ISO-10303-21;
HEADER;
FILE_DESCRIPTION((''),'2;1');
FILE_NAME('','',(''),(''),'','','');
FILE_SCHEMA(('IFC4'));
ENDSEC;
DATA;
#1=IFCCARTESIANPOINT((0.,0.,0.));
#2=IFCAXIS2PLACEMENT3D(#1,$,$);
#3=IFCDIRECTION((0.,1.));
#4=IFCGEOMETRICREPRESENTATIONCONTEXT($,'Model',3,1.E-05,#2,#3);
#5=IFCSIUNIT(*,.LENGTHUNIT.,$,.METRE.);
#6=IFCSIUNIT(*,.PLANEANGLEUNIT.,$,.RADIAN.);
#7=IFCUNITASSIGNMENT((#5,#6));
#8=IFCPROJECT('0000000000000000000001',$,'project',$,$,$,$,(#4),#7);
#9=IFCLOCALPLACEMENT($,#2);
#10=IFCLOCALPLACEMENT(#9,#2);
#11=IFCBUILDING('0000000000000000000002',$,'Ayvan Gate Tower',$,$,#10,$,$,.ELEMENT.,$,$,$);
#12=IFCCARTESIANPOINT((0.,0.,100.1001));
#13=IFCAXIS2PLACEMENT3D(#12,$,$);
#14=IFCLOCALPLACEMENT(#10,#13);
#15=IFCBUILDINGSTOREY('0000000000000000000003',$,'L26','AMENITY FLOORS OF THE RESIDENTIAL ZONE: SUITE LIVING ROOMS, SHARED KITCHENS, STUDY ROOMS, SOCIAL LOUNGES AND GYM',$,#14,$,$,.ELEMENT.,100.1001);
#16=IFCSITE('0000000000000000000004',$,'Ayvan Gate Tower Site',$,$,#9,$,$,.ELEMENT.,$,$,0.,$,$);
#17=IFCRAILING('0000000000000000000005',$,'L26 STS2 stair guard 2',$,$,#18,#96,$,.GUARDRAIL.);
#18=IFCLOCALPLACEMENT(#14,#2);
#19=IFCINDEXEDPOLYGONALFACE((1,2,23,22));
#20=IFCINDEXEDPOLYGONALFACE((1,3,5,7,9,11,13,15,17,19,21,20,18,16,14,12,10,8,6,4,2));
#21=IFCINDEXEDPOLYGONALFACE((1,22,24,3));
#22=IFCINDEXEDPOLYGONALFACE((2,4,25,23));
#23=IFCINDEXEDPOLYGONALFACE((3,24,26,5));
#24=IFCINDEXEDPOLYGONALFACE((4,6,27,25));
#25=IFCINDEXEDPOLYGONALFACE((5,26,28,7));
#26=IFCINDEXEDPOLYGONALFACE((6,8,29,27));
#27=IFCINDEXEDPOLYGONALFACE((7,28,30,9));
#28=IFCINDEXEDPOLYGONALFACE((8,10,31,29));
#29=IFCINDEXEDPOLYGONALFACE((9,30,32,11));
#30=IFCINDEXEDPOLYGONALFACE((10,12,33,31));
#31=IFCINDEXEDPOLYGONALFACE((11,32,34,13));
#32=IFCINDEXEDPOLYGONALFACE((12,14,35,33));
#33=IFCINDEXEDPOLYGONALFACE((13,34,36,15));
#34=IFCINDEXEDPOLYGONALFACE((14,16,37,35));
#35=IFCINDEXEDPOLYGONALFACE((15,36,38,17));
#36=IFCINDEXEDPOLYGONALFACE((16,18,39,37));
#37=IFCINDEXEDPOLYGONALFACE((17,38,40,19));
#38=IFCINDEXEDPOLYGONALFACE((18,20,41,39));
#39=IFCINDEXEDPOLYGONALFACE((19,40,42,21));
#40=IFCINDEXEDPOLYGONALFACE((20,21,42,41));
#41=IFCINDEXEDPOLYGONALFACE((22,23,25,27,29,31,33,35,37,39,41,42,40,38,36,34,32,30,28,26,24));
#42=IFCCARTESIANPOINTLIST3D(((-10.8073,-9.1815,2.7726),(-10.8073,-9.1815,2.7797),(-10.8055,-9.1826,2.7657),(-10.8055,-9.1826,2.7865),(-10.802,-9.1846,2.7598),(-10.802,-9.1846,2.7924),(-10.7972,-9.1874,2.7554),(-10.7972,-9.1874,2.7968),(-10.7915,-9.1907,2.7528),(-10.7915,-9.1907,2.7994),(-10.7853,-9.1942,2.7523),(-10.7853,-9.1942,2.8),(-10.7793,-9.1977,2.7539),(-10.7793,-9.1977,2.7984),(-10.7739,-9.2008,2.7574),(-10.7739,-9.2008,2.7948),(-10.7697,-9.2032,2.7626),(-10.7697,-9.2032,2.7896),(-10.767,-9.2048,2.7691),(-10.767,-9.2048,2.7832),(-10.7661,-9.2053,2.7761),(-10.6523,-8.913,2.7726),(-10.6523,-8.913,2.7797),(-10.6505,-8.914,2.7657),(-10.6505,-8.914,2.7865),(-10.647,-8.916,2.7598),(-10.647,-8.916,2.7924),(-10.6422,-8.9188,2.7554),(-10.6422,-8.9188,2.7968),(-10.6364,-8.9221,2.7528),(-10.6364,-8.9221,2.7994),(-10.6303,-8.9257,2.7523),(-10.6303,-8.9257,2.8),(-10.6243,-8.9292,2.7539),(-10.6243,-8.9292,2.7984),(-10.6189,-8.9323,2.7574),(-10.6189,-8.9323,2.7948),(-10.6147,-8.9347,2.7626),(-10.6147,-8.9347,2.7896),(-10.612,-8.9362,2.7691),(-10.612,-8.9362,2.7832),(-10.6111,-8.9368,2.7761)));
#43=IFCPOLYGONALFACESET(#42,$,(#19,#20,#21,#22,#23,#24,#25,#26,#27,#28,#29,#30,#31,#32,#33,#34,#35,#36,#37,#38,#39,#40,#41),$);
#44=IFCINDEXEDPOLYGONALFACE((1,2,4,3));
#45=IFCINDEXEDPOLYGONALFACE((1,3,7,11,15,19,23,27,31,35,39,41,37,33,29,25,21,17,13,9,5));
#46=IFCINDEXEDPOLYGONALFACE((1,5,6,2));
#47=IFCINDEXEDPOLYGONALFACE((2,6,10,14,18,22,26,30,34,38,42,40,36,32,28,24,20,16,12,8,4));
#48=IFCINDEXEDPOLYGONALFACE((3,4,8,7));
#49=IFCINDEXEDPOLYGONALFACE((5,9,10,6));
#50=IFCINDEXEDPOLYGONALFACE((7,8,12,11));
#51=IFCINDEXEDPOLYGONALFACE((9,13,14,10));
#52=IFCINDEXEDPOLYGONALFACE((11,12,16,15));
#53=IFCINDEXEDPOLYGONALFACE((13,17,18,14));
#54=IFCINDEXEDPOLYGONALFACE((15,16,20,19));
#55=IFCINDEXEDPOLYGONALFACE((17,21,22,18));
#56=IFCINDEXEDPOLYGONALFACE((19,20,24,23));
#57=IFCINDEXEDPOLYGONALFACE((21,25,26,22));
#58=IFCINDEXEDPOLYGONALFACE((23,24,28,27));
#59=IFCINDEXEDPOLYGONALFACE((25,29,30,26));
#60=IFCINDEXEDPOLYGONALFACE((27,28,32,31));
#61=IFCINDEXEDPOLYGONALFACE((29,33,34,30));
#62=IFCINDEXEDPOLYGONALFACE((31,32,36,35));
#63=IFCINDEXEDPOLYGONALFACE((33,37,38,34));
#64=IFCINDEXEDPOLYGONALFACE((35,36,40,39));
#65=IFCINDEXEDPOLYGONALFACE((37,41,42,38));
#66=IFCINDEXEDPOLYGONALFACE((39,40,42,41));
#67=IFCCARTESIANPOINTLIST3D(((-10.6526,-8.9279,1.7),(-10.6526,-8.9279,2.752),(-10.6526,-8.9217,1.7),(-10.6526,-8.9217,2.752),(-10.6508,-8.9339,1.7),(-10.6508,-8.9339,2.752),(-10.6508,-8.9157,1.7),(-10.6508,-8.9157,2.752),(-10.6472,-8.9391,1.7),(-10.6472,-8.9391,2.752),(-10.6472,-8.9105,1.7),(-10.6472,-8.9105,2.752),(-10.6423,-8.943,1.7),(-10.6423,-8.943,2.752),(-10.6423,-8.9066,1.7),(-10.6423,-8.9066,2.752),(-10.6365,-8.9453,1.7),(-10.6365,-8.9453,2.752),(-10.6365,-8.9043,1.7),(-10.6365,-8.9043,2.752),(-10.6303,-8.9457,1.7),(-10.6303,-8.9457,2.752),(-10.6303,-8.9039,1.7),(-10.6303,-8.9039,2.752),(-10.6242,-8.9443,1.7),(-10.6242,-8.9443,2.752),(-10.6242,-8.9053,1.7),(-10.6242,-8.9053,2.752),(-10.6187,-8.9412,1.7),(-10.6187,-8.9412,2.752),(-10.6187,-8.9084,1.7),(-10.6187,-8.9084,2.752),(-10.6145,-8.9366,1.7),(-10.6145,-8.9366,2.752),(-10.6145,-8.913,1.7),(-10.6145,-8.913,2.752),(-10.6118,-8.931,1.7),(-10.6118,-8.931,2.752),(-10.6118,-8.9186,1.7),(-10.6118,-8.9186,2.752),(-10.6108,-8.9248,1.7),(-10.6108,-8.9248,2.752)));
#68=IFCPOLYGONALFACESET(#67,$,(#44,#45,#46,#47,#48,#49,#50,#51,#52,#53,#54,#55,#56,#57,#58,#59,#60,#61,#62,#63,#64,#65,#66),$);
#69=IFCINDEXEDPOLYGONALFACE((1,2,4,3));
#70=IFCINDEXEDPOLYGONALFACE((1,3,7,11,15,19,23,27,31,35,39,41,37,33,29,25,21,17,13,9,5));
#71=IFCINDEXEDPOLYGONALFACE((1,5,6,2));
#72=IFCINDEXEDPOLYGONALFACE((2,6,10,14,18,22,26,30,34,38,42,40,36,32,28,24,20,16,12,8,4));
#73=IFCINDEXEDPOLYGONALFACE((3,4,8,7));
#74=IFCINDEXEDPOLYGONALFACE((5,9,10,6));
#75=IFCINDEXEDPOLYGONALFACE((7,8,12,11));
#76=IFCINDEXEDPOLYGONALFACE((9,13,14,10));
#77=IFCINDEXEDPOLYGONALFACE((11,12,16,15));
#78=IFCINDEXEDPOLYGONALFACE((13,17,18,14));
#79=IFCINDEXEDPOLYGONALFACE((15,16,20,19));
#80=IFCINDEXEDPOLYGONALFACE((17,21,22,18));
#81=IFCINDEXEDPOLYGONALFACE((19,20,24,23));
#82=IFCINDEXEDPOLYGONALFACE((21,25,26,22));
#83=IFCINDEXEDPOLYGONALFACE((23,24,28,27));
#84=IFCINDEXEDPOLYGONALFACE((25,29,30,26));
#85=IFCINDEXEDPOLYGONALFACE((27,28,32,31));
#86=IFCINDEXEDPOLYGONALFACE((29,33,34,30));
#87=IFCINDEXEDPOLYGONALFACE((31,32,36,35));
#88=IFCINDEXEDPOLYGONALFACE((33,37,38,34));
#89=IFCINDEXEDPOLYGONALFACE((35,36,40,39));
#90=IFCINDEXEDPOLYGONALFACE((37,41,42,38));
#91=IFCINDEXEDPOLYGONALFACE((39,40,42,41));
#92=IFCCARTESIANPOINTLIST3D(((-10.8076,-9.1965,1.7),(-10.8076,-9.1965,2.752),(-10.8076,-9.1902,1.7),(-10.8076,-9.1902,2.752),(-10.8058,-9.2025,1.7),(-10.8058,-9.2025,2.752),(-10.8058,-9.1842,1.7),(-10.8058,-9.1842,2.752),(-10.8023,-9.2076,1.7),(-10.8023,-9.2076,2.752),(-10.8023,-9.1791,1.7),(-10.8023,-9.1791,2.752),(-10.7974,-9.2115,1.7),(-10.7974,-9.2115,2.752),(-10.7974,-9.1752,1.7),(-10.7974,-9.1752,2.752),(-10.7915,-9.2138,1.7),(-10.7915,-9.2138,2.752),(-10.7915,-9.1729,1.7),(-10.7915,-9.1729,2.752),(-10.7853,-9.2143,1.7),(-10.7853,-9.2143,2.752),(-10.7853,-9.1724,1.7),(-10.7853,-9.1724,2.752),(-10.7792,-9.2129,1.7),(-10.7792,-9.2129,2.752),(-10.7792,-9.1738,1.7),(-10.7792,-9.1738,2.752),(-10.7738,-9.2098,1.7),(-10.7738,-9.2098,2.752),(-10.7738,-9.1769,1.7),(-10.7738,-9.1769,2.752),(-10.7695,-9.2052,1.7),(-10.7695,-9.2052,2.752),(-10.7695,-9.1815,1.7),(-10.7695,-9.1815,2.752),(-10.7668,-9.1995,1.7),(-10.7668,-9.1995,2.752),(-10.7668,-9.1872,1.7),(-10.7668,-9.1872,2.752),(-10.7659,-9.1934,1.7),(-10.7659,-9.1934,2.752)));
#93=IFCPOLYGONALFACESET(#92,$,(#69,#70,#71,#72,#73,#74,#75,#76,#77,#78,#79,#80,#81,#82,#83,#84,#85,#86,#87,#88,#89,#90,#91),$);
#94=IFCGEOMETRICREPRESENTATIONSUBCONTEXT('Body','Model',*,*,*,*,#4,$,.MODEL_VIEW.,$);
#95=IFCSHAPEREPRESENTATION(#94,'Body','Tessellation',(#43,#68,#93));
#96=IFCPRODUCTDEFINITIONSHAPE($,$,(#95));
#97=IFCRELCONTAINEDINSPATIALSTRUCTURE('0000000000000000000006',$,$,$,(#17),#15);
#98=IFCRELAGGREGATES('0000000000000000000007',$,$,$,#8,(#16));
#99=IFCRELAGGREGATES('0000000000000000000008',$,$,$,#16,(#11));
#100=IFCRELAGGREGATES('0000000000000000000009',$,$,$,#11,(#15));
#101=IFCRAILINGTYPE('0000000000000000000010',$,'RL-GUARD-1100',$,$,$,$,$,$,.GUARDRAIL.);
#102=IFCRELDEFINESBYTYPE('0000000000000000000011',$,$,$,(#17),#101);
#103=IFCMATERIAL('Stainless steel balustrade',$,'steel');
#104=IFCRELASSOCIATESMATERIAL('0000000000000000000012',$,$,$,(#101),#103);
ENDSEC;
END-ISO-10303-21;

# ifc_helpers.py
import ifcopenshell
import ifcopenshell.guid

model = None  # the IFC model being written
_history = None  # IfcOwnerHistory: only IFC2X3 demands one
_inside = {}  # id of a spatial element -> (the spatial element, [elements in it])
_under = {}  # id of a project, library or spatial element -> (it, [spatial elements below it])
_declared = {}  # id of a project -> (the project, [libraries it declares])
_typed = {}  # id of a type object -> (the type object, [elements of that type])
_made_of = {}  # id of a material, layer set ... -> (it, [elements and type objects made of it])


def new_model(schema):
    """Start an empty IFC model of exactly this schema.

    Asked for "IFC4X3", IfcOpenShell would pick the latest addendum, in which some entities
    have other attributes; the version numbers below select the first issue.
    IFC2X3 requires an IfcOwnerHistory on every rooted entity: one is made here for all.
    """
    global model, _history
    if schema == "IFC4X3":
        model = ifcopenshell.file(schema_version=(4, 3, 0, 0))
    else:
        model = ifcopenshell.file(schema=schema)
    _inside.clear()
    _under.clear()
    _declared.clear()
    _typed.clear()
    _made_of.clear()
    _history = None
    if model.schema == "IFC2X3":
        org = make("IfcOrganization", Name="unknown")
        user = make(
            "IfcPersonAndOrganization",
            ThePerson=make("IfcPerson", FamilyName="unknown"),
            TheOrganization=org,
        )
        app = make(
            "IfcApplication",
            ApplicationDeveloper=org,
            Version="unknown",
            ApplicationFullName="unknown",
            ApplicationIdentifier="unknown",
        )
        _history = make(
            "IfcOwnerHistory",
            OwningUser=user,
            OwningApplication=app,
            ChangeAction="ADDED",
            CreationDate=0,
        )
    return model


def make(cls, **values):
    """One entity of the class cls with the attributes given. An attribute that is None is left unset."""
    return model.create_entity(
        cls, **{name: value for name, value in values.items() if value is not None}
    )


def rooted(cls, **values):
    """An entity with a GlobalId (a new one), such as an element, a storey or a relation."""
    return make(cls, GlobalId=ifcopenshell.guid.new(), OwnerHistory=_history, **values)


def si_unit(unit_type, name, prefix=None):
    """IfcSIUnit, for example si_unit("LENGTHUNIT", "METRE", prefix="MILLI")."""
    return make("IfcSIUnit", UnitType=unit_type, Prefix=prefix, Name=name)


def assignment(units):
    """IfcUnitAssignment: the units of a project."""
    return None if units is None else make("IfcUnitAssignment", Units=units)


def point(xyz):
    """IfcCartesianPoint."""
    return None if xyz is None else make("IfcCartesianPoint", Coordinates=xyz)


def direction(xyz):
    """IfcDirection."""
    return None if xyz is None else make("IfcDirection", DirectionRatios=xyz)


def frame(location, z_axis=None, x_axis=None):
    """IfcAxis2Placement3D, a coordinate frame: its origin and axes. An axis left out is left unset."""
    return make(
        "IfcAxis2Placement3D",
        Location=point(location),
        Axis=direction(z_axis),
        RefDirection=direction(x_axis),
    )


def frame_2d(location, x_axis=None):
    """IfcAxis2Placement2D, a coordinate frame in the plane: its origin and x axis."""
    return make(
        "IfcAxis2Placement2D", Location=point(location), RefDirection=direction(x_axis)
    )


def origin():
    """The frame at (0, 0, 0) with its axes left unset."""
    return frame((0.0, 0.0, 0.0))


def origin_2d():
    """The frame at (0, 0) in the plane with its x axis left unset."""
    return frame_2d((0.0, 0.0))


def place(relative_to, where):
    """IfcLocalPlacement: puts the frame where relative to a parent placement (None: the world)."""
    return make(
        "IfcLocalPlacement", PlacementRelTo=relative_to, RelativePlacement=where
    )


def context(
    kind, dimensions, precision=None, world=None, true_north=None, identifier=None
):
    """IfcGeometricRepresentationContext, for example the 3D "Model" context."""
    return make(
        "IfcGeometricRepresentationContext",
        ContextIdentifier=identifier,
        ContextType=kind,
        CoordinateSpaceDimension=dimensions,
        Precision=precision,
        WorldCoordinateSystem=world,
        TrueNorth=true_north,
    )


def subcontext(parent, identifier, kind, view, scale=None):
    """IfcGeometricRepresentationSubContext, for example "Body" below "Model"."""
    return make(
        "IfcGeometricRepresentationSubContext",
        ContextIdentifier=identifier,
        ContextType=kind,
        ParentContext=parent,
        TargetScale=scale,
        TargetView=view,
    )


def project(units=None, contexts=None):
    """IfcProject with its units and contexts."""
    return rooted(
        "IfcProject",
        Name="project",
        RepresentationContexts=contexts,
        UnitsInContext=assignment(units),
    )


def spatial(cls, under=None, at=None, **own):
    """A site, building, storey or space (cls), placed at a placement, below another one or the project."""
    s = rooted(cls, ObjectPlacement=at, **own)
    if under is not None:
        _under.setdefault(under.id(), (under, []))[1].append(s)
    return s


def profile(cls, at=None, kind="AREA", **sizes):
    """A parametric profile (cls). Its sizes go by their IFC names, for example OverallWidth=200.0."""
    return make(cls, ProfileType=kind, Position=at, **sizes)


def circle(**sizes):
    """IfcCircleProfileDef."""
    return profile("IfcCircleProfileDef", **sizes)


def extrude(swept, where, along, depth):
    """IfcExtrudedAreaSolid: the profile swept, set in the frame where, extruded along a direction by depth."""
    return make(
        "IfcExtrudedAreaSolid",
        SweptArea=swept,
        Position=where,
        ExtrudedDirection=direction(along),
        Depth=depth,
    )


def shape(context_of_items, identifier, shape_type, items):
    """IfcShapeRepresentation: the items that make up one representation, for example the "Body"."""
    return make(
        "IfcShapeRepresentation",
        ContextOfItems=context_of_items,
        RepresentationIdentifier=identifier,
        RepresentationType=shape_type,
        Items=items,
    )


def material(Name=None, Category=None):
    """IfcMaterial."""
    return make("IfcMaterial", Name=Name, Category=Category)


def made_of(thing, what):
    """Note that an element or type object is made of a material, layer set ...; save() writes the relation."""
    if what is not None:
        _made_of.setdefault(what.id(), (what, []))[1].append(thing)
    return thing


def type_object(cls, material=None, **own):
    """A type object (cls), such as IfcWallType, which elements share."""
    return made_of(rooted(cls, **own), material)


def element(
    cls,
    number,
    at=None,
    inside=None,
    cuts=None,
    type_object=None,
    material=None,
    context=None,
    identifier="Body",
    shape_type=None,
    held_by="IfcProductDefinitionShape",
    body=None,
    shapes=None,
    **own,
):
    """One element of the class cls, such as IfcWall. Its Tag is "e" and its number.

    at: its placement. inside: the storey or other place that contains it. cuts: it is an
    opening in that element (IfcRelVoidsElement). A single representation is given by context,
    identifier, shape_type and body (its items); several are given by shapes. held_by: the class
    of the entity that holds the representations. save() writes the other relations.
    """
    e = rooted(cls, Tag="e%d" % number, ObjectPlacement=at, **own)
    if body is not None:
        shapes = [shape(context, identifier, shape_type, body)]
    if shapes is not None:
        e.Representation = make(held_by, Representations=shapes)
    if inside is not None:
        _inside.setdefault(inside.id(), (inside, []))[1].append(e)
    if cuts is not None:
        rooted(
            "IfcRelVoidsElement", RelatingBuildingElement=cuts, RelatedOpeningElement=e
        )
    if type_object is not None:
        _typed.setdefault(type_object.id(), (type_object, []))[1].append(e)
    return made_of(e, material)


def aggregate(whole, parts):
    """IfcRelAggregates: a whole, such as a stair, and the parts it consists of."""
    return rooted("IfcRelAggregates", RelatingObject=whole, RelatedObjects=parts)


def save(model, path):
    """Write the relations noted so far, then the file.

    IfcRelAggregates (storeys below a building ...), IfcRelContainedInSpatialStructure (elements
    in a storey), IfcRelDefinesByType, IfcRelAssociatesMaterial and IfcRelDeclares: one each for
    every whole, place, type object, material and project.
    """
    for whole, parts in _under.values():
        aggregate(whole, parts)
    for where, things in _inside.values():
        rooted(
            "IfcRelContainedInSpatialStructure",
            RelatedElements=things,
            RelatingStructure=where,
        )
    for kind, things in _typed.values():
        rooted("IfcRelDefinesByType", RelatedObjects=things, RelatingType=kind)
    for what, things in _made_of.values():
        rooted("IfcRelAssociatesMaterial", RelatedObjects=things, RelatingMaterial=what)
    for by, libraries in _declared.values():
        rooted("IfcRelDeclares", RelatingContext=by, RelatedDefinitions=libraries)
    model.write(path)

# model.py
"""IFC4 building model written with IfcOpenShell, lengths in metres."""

from ifc_helpers import new_model, si_unit, direction, frame, origin, origin_2d, place, context, subcontext, project, spatial, circle, extrude, material, type_object, element, save


model = new_model("IFC4")

# Units and contexts
model_context = context("Model", 3, precision=1e-05, world=origin(), true_north=direction((0.0, 1.0)))
body_context = subcontext(model_context, "Body", "Model", "MODEL_VIEW")
ifc_project = project(units=[si_unit("LENGTHUNIT", "METRE"), si_unit("PLANEANGLEUNIT", "RADIAN")], contexts=[model_context])

# Site, building, storey
site_placement = place(None, origin())
site = spatial("IfcSite", under=ifc_project, at=site_placement, Name="Ayvan Gate Tower Site", CompositionType="ELEMENT", RefElevation=0.0)
building_placement = place(site_placement, origin())
building = spatial("IfcBuilding", under=site, at=building_placement, Name="Ayvan Gate Tower", CompositionType="ELEMENT")
storey_placement = place(building_placement, frame((0.0, 0.0, 100.1001)))
storey = spatial("IfcBuildingStorey", under=building, at=storey_placement, Name="L26", Description="AMENITY FLOORS OF THE RESIDENTIAL ZONE: SUITE LIVING ROOMS, SHARED KITCHENS, STUDY ROOMS, SOCIAL LOUNGES AND GYM", CompositionType="ELEMENT", Elevation=100.1001)

# Railing
ifc_material_1 = material(Name="Stainless steel balustrade", Category="steel")
railing_type_1 = type_object("IfcRailingType", Name="RL-GUARD-1100", PredefinedType="GUARDRAIL", material=ifc_material_1)
railing_1_placement = place(storey_placement, frame((-10.6318, -8.9248, 1.7)))
element("IfcRailing", 1, at=railing_1_placement, inside=storey, type_object=railing_type_1, Name="L26 STS2 stair guard 2", PredefinedType="GUARDRAIL", context=body_context, shape_type="SweptSolid", body=[
    extrude(circle(Radius=0.0239, at=origin_2d()), frame((0.0, 0.0, 1.0762), z_axis=(-0.49995, -0.866054, 0.0), x_axis=(0.866054, -0.49995, 0.0)), (0.0, 0.0, 1.0), 0.3101),
    extrude(circle(Radius=0.021, at=origin_2d()), origin(), (0.0, 0.0, 1.0), 1.052),
    extrude(circle(Radius=0.021, at=origin_2d()), frame((-0.155, -0.2686, 0.0)), (0.0, 0.0, 1.0), 1.052),
])

save(model, "model.ifc")
